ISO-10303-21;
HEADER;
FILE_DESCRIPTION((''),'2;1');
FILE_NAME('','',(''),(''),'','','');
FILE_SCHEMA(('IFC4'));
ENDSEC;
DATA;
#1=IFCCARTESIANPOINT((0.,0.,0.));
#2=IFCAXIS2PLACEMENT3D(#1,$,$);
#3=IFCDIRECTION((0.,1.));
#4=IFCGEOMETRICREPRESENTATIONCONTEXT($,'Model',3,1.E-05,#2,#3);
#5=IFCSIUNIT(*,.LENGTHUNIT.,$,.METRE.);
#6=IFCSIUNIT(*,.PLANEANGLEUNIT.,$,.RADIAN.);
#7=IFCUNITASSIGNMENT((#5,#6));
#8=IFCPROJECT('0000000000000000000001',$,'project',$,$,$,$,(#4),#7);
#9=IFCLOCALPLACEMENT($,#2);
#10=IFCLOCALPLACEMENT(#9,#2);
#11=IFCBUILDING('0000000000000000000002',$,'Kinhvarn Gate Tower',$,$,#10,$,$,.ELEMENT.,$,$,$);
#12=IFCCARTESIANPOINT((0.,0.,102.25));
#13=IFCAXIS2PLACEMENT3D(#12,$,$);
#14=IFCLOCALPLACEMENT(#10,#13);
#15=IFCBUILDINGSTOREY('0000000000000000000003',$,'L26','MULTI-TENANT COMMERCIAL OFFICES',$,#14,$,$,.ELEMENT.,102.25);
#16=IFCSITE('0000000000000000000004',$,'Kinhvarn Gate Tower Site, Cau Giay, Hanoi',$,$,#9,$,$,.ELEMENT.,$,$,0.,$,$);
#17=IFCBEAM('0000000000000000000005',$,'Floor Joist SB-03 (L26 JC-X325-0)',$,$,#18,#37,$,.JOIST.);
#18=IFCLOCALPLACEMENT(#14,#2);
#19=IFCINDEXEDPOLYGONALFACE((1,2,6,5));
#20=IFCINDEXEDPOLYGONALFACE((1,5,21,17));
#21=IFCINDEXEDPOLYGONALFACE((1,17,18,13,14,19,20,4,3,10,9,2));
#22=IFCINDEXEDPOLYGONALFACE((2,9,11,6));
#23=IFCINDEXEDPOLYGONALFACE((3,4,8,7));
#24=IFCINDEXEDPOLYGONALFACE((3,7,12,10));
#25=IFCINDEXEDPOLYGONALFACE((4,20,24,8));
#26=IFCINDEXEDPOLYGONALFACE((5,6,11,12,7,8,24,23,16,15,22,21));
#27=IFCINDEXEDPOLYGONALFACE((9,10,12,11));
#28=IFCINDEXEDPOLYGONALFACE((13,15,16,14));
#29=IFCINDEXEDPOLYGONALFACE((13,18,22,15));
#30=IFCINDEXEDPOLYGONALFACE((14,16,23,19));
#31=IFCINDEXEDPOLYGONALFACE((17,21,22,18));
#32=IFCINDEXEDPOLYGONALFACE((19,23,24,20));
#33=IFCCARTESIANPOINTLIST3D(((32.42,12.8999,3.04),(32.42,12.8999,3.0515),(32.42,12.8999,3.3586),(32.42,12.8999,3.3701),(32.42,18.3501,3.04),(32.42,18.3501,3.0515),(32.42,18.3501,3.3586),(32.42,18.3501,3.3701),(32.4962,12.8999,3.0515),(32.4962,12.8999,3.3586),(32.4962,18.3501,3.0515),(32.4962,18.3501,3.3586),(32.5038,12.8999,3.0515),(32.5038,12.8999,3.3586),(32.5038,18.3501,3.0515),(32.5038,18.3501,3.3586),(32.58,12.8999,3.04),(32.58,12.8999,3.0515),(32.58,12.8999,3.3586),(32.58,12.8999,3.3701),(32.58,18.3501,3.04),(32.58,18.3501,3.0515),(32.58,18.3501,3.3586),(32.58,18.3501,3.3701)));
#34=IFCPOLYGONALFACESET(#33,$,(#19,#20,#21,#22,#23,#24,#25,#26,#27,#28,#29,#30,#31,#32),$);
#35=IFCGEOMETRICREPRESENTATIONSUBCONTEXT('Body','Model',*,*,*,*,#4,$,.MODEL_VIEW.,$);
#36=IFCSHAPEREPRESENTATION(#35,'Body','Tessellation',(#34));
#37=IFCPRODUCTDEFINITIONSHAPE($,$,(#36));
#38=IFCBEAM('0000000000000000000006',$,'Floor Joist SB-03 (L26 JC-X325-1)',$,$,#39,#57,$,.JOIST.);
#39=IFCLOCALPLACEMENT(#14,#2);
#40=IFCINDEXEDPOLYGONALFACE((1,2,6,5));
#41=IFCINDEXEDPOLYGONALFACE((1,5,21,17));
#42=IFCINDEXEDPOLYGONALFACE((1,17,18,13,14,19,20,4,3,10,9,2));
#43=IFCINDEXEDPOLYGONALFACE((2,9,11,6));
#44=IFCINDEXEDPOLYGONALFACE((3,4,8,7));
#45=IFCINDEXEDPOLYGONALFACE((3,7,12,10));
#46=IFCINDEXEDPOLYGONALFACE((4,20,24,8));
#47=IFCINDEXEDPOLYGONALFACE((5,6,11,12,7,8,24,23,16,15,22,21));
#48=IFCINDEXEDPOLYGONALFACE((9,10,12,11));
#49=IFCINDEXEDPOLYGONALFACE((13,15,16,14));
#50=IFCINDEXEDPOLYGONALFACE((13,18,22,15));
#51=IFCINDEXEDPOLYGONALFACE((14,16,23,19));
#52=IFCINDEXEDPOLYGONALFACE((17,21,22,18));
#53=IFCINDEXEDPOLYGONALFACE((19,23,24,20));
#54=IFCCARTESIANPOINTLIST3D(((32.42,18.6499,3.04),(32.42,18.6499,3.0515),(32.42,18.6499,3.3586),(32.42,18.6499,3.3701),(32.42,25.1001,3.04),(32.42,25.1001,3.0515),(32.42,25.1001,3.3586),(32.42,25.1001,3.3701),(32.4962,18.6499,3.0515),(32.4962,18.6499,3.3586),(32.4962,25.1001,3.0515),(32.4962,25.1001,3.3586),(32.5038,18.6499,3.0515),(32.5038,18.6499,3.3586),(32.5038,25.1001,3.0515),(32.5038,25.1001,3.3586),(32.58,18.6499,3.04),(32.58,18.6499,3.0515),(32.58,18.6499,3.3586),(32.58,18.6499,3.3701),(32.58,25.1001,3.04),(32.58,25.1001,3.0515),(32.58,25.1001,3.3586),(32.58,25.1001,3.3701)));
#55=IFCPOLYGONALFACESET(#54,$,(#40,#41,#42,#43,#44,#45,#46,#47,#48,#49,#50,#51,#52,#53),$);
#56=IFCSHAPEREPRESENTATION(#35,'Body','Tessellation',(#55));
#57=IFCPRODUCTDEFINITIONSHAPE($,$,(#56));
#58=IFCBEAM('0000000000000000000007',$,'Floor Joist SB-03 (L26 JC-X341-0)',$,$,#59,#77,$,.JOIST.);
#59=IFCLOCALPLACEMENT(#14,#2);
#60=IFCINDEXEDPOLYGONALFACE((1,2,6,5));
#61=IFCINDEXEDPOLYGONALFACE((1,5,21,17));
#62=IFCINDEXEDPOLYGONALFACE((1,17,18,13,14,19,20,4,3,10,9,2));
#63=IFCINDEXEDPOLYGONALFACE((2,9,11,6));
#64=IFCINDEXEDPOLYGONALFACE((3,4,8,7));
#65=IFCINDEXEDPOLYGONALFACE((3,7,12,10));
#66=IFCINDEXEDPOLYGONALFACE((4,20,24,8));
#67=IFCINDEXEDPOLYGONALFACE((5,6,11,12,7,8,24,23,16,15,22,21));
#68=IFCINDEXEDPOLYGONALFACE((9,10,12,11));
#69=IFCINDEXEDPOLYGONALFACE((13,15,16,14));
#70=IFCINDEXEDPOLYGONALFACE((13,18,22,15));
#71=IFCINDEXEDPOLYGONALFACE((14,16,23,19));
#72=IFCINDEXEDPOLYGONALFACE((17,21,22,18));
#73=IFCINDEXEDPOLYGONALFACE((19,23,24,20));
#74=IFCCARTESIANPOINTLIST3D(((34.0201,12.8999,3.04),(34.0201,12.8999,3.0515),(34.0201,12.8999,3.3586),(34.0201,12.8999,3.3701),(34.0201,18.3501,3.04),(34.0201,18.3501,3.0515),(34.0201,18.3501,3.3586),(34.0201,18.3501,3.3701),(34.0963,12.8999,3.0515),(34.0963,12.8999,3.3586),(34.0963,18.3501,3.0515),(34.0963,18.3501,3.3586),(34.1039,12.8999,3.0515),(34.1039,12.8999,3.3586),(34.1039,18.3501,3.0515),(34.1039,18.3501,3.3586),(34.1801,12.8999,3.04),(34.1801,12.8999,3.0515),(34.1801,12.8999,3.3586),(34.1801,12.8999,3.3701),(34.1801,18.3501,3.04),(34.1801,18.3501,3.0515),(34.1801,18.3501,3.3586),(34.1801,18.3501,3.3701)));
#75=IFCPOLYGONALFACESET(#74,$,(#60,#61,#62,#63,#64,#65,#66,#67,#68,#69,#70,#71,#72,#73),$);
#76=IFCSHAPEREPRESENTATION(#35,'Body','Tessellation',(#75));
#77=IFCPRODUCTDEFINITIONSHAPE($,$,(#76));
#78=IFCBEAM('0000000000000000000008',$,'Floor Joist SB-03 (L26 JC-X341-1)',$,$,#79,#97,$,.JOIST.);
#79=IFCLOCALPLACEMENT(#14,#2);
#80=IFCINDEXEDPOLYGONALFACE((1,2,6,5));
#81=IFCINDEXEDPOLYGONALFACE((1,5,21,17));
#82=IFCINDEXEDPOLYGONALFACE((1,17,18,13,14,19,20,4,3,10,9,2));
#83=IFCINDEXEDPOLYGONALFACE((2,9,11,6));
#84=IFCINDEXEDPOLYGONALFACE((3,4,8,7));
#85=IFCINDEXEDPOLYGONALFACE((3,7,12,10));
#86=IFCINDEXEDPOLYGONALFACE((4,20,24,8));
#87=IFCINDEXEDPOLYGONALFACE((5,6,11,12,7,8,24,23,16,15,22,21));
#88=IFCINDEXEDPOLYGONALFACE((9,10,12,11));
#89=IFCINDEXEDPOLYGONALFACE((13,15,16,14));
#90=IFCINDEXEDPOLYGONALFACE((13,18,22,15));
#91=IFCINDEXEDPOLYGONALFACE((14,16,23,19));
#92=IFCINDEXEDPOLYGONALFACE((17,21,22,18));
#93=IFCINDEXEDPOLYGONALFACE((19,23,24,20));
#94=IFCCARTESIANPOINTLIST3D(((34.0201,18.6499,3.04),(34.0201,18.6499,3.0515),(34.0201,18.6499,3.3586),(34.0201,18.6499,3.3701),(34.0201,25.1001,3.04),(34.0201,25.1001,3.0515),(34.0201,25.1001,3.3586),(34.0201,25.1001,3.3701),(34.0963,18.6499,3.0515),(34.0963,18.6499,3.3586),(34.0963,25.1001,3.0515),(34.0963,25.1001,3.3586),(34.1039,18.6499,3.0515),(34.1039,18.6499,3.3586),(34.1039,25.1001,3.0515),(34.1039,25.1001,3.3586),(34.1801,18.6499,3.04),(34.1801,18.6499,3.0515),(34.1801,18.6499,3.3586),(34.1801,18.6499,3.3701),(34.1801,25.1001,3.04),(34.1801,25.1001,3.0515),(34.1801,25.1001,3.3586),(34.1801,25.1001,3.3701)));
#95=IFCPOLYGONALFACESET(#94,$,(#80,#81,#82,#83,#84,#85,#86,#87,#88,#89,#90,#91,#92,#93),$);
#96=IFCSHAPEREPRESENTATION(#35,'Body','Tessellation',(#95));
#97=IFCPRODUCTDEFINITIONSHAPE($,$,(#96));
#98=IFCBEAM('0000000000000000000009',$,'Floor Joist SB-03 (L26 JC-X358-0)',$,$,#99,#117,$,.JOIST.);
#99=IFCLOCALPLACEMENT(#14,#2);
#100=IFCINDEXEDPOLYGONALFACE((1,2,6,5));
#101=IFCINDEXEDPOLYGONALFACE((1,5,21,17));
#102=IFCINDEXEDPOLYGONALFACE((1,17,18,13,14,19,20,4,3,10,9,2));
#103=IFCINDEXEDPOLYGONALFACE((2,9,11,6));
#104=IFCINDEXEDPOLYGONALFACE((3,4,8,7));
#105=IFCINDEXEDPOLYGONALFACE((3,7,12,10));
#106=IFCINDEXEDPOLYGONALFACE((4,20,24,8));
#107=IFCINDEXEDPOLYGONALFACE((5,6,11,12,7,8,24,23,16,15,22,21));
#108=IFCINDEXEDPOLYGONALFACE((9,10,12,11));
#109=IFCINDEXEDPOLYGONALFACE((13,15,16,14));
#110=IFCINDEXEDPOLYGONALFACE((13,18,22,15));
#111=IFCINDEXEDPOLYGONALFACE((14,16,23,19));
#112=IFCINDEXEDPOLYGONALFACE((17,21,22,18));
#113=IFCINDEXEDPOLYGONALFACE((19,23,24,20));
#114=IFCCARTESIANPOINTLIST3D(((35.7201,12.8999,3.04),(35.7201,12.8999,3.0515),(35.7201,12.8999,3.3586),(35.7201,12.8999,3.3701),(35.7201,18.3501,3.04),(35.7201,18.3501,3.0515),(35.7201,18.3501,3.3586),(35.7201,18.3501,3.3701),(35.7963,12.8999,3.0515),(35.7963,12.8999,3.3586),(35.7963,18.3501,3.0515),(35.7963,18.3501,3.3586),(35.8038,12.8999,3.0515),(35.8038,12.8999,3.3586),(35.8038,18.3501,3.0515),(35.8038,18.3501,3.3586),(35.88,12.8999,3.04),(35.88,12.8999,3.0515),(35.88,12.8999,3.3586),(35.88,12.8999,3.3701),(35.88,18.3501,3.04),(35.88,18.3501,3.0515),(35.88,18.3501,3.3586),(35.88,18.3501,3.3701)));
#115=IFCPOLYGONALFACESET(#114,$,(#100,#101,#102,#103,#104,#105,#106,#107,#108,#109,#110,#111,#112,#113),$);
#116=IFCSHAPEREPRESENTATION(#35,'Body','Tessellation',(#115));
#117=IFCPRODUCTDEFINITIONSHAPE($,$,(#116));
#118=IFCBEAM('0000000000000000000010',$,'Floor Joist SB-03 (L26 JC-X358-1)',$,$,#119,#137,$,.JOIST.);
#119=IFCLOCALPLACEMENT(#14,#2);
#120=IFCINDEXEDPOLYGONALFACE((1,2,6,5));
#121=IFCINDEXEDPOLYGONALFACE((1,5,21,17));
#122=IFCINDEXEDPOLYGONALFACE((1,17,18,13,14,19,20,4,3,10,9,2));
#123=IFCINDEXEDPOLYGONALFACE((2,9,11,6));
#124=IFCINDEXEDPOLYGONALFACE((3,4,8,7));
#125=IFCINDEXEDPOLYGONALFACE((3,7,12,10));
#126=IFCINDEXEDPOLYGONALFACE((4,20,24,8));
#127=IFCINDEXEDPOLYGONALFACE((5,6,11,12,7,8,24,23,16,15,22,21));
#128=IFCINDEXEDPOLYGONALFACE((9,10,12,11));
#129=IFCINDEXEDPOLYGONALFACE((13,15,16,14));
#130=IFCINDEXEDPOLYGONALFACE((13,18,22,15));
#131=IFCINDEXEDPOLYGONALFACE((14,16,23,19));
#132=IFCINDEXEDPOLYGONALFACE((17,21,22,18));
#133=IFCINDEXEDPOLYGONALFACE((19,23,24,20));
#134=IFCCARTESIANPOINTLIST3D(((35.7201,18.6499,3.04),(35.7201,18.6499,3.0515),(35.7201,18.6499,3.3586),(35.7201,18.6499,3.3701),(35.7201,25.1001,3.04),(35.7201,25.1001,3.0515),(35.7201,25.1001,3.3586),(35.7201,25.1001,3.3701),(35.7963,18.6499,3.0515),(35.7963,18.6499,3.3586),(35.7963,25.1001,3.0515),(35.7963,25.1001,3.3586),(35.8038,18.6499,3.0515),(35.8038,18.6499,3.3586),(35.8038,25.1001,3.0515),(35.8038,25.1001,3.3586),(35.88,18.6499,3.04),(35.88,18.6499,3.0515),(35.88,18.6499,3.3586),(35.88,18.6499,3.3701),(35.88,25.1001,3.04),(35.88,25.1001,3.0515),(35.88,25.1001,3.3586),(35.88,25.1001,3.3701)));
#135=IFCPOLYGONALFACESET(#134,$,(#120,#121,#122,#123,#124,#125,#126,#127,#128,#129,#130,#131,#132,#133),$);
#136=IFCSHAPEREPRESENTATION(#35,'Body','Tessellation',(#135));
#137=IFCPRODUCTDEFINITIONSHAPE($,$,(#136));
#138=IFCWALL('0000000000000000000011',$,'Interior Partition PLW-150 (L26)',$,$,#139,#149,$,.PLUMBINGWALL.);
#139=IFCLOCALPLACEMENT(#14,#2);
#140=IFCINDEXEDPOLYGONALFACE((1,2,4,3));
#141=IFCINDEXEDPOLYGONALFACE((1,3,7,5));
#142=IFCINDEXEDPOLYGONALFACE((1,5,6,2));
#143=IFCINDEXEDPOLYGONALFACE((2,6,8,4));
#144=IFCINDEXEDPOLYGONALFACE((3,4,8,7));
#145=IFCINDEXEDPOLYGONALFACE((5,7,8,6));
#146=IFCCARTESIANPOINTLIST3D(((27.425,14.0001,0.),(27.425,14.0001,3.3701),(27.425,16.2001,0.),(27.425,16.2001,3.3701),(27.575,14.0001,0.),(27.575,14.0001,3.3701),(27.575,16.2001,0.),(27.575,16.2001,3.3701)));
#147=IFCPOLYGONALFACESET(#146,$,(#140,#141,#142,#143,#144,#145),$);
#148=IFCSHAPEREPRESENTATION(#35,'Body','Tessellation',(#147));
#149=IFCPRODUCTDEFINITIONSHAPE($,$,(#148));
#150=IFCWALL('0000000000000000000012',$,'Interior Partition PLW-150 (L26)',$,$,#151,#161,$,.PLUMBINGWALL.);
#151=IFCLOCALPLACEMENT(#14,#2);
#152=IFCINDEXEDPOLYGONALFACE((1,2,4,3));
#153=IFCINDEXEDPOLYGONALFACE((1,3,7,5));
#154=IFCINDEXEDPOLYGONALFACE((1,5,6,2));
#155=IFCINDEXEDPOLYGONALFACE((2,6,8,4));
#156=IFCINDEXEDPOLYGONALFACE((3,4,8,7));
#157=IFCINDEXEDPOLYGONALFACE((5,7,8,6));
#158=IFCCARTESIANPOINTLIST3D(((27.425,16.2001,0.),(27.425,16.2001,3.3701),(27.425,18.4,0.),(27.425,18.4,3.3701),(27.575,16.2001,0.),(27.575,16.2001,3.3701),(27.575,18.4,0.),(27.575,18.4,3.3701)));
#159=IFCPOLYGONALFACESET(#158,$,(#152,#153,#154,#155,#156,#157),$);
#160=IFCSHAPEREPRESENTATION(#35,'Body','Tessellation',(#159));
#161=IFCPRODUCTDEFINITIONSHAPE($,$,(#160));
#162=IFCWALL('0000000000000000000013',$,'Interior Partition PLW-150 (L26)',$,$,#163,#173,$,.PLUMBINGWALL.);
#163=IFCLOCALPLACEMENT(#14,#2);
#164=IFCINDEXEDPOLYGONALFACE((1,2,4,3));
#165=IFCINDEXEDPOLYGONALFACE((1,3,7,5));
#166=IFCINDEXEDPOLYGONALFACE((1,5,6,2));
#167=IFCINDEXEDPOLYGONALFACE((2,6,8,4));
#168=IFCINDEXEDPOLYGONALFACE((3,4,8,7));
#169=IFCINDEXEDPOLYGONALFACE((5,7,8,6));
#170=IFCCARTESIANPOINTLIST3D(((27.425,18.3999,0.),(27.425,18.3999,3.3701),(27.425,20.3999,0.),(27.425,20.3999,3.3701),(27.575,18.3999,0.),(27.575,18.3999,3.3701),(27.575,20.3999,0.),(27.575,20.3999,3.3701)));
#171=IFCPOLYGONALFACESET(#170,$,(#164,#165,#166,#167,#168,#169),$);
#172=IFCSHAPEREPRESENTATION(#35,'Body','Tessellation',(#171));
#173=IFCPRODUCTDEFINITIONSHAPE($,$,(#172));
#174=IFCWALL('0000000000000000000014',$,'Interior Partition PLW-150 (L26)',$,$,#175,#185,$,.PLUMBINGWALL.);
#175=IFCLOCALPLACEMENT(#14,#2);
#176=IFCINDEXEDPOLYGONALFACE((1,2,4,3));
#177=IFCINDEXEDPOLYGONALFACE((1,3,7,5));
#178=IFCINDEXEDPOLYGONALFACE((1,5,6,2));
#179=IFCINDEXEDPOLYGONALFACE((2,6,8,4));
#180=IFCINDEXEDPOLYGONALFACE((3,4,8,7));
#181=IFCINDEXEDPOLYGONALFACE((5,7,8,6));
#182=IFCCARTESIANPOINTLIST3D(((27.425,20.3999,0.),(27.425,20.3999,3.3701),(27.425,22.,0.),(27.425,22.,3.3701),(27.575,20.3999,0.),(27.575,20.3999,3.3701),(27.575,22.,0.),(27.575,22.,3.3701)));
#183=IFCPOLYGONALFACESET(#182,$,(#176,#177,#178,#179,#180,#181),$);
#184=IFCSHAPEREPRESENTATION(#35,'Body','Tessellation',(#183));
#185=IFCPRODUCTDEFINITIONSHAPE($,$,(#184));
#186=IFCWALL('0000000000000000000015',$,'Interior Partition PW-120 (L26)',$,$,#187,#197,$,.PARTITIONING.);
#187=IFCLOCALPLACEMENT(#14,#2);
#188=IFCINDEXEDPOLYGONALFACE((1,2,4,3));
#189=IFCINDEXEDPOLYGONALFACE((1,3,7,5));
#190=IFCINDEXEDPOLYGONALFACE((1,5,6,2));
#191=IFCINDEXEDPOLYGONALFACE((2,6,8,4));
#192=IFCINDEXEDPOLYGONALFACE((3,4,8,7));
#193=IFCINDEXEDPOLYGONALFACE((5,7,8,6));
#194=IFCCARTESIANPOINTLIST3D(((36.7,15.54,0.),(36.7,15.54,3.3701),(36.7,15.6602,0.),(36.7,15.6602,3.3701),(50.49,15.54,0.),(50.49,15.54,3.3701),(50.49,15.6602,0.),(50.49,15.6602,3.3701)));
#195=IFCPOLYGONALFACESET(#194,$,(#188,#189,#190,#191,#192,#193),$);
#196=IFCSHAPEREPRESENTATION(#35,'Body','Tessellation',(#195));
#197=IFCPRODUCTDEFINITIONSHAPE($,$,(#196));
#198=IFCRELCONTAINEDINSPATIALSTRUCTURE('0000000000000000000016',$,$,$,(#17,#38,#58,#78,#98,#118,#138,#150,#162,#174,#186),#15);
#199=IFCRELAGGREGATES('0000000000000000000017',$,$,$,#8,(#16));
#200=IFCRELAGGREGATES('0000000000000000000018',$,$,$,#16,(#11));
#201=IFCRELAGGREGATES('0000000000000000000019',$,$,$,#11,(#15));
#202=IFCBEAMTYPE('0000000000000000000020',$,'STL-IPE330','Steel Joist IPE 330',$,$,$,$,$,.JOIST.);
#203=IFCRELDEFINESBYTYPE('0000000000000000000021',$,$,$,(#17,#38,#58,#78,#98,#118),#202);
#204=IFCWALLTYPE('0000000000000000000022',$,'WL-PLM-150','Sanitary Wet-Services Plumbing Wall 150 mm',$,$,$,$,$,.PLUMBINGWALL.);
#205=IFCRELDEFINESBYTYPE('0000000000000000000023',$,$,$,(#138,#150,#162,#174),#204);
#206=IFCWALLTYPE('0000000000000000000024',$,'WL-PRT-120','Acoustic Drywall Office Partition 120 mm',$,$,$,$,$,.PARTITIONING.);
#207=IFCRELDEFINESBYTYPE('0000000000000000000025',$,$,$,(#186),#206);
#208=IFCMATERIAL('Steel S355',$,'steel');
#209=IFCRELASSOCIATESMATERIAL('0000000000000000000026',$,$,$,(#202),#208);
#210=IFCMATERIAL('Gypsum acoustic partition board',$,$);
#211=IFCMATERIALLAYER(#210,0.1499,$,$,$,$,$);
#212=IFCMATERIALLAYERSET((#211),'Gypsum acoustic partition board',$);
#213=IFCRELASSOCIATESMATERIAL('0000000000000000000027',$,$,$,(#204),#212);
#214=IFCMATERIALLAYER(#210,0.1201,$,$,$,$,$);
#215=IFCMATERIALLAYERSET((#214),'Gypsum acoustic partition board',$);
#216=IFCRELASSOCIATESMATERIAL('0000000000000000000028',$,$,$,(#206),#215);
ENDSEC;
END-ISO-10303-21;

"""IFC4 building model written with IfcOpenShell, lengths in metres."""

from ifc_helpers import new_model, si_unit, direction, frame, frame_2d, origin, origin_2d, place, context, subcontext, project, spatial, rectangle, i_section, extrude, material, layer, layer_set, material_profile, profile_set, type_object, element, save


model = new_model("IFC4")

# Units and contexts
model_context = context("Model", 3, precision=1e-05, world=origin(), true_north=direction((0.0, 1.0)))
body_context = subcontext(model_context, "Body", "Model", "MODEL_VIEW")
ifc_project = project(units=[si_unit("LENGTHUNIT", "METRE"), si_unit("PLANEANGLEUNIT", "RADIAN")], contexts=[model_context])

# Site, building, storey
site_placement = place(None, origin())
site = spatial("IfcSite", under=ifc_project, at=site_placement, Name="Kinhvarn Gate Tower Site, Cau Giay, Hanoi", CompositionType="ELEMENT", RefElevation=0.0)
building_placement = place(site_placement, origin())
building = spatial("IfcBuilding", under=site, at=building_placement, Name="Kinhvarn Gate Tower", CompositionType="ELEMENT")
storey_placement = place(building_placement, frame((0.0, 0.0, 102.25)))
storey = spatial("IfcBuildingStorey", under=building, at=storey_placement, Name="L26", Description="MULTI-TENANT COMMERCIAL OFFICES", CompositionType="ELEMENT", Elevation=102.25)

# Beams
ifc_material_1 = material(Name="Steel S355", Category="steel")
ifc_material_profile_1 = material_profile(ifc_material_1, i_section(OverallWidth=0.1599, OverallDepth=0.3301, WebThickness=0.0076, FlangeThickness=0.0115, at=origin_2d()), Name="IPE 330")
ifc_profile_set_1 = profile_set([ifc_material_profile_1], Name="Steel S355")
beam_type_1 = type_object("IfcBeamType", Name="STL-IPE330", Description="Steel Joist IPE 330", PredefinedType="JOIST", material=ifc_profile_set_1)
beam_1_placement = place(storey_placement, frame((32.5, 12.8999, 3.2051), z_axis=(0.0, 1.0, 0.0), x_axis=(-1.0, 0.0, 0.0)))
element("IfcBeam", 1, at=beam_1_placement, inside=storey, type_object=beam_type_1, Name="Floor Joist SB-03 (L26 JC-X325-0)", PredefinedType="JOIST", context=body_context, shape_type="SweptSolid", body=[
    extrude(i_section(OverallWidth=0.1599, OverallDepth=0.3301, WebThickness=0.0076, FlangeThickness=0.0115, at=origin_2d()), origin(), (0.0, 0.0, 1.0), 5.4502),
])
beam_2_placement = place(storey_placement, frame((32.5, 18.6499, 3.2051), z_axis=(0.0, 1.0, 0.0), x_axis=(-1.0, 0.0, 0.0)))
element("IfcBeam", 2, at=beam_2_placement, inside=storey, type_object=beam_type_1, Name="Floor Joist SB-03 (L26 JC-X325-1)", PredefinedType="JOIST", context=body_context, shape_type="SweptSolid", body=[
    extrude(i_section(OverallWidth=0.1599, OverallDepth=0.3301, WebThickness=0.0076, FlangeThickness=0.0115, at=origin_2d()), origin(), (0.0, 0.0, 1.0), 6.4502),
])
beam_3_placement = place(storey_placement, frame((34.1001, 12.8999, 3.2051), z_axis=(0.0, 1.0, 0.0), x_axis=(-1.0, 0.0, 0.0)))
element("IfcBeam", 3, at=beam_3_placement, inside=storey, type_object=beam_type_1, Name="Floor Joist SB-03 (L26 JC-X341-0)", PredefinedType="JOIST", context=body_context, shape_type="SweptSolid", body=[
    extrude(i_section(OverallWidth=0.1599, OverallDepth=0.3301, WebThickness=0.0076, FlangeThickness=0.0115, at=origin_2d()), origin(), (0.0, 0.0, 1.0), 5.4502),
])
beam_4_placement = place(storey_placement, frame((34.1001, 18.6499, 3.2051), z_axis=(0.0, 1.0, 0.0), x_axis=(-1.0, 0.0, 0.0)))
element("IfcBeam", 4, at=beam_4_placement, inside=storey, type_object=beam_type_1, Name="Floor Joist SB-03 (L26 JC-X341-1)", PredefinedType="JOIST", context=body_context, shape_type="SweptSolid", body=[
    extrude(i_section(OverallWidth=0.1599, OverallDepth=0.3301, WebThickness=0.0076, FlangeThickness=0.0115, at=origin_2d()), origin(), (0.0, 0.0, 1.0), 6.4502),
])
beam_5_placement = place(storey_placement, frame((35.8, 12.8999, 3.2051), z_axis=(0.0, 1.0, 0.0), x_axis=(-1.0, 0.0, 0.0)))
element("IfcBeam", 5, at=beam_5_placement, inside=storey, type_object=beam_type_1, Name="Floor Joist SB-03 (L26 JC-X358-0)", PredefinedType="JOIST", context=body_context, shape_type="SweptSolid", body=[
    extrude(i_section(OverallWidth=0.1599, OverallDepth=0.3301, WebThickness=0.0076, FlangeThickness=0.0115, at=origin_2d()), origin(), (0.0, 0.0, 1.0), 5.4502),
])
beam_6_placement = place(storey_placement, frame((35.8, 18.6499, 3.2051), z_axis=(0.0, 1.0, 0.0), x_axis=(-1.0, 0.0, 0.0)))
element("IfcBeam", 6, at=beam_6_placement, inside=storey, type_object=beam_type_1, Name="Floor Joist SB-03 (L26 JC-X358-1)", PredefinedType="JOIST", context=body_context, shape_type="SweptSolid", body=[
    extrude(i_section(OverallWidth=0.1599, OverallDepth=0.3301, WebThickness=0.0076, FlangeThickness=0.0115, at=origin_2d()), origin(), (0.0, 0.0, 1.0), 6.4502),
])

# Walls
ifc_material_2 = material(Name="Gypsum acoustic partition board")
ifc_layer_1 = layer(ifc_material_2, 0.1499)
ifc_layer_set_1 = layer_set([ifc_layer_1], Name="Gypsum acoustic partition board")
wall_type_1 = type_object("IfcWallType", Name="WL-PLM-150", Description="Sanitary Wet-Services Plumbing Wall 150 mm", PredefinedType="PLUMBINGWALL", material=ifc_layer_set_1)
for number, where, z_axis, x_axis, name in (
    (7, (27.5, 14.0, 0.0), (0.0, 0.0, 1.0), (0.0, 1.0, 0.0), "Interior Partition PLW-150 (L26)"),
    (8, (27.5, 16.2, 0.0), (0.0, 0.0, 1.0), (0.0, 1.0, 0.0), "Interior Partition PLW-150 (L26)"),
):
    element("IfcWall", number, at=place(storey_placement, frame(where, z_axis=z_axis, x_axis=x_axis)), inside=storey, type_object=wall_type_1, Name=name, PredefinedType="PLUMBINGWALL", context=body_context, shape_type="SweptSolid", body=[
        extrude(rectangle(XDim=2.2, YDim=0.1499, at=frame_2d((1.1001, 0.0))), origin(), (0.0, 0.0, 1.0), 3.3701),
    ])
wall_1_placement = place(storey_placement, frame((27.5, 18.3999, 0.0), z_axis=(0.0, 0.0, 1.0), x_axis=(0.0, 1.0, 0.0)))
element("IfcWall", 9, at=wall_1_placement, inside=storey, type_object=wall_type_1, Name="Interior Partition PLW-150 (L26)", PredefinedType="PLUMBINGWALL", context=body_context, shape_type="SweptSolid", body=[
    extrude(rectangle(XDim=2.0, YDim=0.1499, at=frame_2d((1.0, 0.0))), origin(), (0.0, 0.0, 1.0), 3.3701),
])
wall_2_placement = place(storey_placement, frame((27.5, 20.3999, 0.0), z_axis=(0.0, 0.0, 1.0), x_axis=(0.0, 1.0, 0.0)))
element("IfcWall", 10, at=wall_2_placement, inside=storey, type_object=wall_type_1, Name="Interior Partition PLW-150 (L26)", PredefinedType="PLUMBINGWALL", context=body_context, shape_type="SweptSolid", body=[
    extrude(rectangle(XDim=1.6001, YDim=0.1499, at=frame_2d((0.8, 0.0))), origin(), (0.0, 0.0, 1.0), 3.3701),
])
ifc_layer_2 = layer(ifc_material_2, 0.1201)
ifc_layer_set_2 = layer_set([ifc_layer_2], Name="Gypsum acoustic partition board")
wall_type_2 = type_object("IfcWallType", Name="WL-PRT-120", Description="Acoustic Drywall Office Partition 120 mm", PredefinedType="PARTITIONING", material=ifc_layer_set_2)
wall_3_placement = place(storey_placement, frame((36.7, 15.6001, 0.0), z_axis=(0.0, 0.0, 1.0), x_axis=(1.0, 0.0, 0.0)))
element("IfcWall", 11, at=wall_3_placement, inside=storey, type_object=wall_type_2, Name="Interior Partition PW-120 (L26)", PredefinedType="PARTITIONING", context=body_context, shape_type="SweptSolid", body=[
    extrude(rectangle(XDim=13.79, YDim=0.1201, at=frame_2d((6.895, 0.0))), origin(), (0.0, 0.0, 1.0), 3.3701),
])

save(model, "model.ifc")
